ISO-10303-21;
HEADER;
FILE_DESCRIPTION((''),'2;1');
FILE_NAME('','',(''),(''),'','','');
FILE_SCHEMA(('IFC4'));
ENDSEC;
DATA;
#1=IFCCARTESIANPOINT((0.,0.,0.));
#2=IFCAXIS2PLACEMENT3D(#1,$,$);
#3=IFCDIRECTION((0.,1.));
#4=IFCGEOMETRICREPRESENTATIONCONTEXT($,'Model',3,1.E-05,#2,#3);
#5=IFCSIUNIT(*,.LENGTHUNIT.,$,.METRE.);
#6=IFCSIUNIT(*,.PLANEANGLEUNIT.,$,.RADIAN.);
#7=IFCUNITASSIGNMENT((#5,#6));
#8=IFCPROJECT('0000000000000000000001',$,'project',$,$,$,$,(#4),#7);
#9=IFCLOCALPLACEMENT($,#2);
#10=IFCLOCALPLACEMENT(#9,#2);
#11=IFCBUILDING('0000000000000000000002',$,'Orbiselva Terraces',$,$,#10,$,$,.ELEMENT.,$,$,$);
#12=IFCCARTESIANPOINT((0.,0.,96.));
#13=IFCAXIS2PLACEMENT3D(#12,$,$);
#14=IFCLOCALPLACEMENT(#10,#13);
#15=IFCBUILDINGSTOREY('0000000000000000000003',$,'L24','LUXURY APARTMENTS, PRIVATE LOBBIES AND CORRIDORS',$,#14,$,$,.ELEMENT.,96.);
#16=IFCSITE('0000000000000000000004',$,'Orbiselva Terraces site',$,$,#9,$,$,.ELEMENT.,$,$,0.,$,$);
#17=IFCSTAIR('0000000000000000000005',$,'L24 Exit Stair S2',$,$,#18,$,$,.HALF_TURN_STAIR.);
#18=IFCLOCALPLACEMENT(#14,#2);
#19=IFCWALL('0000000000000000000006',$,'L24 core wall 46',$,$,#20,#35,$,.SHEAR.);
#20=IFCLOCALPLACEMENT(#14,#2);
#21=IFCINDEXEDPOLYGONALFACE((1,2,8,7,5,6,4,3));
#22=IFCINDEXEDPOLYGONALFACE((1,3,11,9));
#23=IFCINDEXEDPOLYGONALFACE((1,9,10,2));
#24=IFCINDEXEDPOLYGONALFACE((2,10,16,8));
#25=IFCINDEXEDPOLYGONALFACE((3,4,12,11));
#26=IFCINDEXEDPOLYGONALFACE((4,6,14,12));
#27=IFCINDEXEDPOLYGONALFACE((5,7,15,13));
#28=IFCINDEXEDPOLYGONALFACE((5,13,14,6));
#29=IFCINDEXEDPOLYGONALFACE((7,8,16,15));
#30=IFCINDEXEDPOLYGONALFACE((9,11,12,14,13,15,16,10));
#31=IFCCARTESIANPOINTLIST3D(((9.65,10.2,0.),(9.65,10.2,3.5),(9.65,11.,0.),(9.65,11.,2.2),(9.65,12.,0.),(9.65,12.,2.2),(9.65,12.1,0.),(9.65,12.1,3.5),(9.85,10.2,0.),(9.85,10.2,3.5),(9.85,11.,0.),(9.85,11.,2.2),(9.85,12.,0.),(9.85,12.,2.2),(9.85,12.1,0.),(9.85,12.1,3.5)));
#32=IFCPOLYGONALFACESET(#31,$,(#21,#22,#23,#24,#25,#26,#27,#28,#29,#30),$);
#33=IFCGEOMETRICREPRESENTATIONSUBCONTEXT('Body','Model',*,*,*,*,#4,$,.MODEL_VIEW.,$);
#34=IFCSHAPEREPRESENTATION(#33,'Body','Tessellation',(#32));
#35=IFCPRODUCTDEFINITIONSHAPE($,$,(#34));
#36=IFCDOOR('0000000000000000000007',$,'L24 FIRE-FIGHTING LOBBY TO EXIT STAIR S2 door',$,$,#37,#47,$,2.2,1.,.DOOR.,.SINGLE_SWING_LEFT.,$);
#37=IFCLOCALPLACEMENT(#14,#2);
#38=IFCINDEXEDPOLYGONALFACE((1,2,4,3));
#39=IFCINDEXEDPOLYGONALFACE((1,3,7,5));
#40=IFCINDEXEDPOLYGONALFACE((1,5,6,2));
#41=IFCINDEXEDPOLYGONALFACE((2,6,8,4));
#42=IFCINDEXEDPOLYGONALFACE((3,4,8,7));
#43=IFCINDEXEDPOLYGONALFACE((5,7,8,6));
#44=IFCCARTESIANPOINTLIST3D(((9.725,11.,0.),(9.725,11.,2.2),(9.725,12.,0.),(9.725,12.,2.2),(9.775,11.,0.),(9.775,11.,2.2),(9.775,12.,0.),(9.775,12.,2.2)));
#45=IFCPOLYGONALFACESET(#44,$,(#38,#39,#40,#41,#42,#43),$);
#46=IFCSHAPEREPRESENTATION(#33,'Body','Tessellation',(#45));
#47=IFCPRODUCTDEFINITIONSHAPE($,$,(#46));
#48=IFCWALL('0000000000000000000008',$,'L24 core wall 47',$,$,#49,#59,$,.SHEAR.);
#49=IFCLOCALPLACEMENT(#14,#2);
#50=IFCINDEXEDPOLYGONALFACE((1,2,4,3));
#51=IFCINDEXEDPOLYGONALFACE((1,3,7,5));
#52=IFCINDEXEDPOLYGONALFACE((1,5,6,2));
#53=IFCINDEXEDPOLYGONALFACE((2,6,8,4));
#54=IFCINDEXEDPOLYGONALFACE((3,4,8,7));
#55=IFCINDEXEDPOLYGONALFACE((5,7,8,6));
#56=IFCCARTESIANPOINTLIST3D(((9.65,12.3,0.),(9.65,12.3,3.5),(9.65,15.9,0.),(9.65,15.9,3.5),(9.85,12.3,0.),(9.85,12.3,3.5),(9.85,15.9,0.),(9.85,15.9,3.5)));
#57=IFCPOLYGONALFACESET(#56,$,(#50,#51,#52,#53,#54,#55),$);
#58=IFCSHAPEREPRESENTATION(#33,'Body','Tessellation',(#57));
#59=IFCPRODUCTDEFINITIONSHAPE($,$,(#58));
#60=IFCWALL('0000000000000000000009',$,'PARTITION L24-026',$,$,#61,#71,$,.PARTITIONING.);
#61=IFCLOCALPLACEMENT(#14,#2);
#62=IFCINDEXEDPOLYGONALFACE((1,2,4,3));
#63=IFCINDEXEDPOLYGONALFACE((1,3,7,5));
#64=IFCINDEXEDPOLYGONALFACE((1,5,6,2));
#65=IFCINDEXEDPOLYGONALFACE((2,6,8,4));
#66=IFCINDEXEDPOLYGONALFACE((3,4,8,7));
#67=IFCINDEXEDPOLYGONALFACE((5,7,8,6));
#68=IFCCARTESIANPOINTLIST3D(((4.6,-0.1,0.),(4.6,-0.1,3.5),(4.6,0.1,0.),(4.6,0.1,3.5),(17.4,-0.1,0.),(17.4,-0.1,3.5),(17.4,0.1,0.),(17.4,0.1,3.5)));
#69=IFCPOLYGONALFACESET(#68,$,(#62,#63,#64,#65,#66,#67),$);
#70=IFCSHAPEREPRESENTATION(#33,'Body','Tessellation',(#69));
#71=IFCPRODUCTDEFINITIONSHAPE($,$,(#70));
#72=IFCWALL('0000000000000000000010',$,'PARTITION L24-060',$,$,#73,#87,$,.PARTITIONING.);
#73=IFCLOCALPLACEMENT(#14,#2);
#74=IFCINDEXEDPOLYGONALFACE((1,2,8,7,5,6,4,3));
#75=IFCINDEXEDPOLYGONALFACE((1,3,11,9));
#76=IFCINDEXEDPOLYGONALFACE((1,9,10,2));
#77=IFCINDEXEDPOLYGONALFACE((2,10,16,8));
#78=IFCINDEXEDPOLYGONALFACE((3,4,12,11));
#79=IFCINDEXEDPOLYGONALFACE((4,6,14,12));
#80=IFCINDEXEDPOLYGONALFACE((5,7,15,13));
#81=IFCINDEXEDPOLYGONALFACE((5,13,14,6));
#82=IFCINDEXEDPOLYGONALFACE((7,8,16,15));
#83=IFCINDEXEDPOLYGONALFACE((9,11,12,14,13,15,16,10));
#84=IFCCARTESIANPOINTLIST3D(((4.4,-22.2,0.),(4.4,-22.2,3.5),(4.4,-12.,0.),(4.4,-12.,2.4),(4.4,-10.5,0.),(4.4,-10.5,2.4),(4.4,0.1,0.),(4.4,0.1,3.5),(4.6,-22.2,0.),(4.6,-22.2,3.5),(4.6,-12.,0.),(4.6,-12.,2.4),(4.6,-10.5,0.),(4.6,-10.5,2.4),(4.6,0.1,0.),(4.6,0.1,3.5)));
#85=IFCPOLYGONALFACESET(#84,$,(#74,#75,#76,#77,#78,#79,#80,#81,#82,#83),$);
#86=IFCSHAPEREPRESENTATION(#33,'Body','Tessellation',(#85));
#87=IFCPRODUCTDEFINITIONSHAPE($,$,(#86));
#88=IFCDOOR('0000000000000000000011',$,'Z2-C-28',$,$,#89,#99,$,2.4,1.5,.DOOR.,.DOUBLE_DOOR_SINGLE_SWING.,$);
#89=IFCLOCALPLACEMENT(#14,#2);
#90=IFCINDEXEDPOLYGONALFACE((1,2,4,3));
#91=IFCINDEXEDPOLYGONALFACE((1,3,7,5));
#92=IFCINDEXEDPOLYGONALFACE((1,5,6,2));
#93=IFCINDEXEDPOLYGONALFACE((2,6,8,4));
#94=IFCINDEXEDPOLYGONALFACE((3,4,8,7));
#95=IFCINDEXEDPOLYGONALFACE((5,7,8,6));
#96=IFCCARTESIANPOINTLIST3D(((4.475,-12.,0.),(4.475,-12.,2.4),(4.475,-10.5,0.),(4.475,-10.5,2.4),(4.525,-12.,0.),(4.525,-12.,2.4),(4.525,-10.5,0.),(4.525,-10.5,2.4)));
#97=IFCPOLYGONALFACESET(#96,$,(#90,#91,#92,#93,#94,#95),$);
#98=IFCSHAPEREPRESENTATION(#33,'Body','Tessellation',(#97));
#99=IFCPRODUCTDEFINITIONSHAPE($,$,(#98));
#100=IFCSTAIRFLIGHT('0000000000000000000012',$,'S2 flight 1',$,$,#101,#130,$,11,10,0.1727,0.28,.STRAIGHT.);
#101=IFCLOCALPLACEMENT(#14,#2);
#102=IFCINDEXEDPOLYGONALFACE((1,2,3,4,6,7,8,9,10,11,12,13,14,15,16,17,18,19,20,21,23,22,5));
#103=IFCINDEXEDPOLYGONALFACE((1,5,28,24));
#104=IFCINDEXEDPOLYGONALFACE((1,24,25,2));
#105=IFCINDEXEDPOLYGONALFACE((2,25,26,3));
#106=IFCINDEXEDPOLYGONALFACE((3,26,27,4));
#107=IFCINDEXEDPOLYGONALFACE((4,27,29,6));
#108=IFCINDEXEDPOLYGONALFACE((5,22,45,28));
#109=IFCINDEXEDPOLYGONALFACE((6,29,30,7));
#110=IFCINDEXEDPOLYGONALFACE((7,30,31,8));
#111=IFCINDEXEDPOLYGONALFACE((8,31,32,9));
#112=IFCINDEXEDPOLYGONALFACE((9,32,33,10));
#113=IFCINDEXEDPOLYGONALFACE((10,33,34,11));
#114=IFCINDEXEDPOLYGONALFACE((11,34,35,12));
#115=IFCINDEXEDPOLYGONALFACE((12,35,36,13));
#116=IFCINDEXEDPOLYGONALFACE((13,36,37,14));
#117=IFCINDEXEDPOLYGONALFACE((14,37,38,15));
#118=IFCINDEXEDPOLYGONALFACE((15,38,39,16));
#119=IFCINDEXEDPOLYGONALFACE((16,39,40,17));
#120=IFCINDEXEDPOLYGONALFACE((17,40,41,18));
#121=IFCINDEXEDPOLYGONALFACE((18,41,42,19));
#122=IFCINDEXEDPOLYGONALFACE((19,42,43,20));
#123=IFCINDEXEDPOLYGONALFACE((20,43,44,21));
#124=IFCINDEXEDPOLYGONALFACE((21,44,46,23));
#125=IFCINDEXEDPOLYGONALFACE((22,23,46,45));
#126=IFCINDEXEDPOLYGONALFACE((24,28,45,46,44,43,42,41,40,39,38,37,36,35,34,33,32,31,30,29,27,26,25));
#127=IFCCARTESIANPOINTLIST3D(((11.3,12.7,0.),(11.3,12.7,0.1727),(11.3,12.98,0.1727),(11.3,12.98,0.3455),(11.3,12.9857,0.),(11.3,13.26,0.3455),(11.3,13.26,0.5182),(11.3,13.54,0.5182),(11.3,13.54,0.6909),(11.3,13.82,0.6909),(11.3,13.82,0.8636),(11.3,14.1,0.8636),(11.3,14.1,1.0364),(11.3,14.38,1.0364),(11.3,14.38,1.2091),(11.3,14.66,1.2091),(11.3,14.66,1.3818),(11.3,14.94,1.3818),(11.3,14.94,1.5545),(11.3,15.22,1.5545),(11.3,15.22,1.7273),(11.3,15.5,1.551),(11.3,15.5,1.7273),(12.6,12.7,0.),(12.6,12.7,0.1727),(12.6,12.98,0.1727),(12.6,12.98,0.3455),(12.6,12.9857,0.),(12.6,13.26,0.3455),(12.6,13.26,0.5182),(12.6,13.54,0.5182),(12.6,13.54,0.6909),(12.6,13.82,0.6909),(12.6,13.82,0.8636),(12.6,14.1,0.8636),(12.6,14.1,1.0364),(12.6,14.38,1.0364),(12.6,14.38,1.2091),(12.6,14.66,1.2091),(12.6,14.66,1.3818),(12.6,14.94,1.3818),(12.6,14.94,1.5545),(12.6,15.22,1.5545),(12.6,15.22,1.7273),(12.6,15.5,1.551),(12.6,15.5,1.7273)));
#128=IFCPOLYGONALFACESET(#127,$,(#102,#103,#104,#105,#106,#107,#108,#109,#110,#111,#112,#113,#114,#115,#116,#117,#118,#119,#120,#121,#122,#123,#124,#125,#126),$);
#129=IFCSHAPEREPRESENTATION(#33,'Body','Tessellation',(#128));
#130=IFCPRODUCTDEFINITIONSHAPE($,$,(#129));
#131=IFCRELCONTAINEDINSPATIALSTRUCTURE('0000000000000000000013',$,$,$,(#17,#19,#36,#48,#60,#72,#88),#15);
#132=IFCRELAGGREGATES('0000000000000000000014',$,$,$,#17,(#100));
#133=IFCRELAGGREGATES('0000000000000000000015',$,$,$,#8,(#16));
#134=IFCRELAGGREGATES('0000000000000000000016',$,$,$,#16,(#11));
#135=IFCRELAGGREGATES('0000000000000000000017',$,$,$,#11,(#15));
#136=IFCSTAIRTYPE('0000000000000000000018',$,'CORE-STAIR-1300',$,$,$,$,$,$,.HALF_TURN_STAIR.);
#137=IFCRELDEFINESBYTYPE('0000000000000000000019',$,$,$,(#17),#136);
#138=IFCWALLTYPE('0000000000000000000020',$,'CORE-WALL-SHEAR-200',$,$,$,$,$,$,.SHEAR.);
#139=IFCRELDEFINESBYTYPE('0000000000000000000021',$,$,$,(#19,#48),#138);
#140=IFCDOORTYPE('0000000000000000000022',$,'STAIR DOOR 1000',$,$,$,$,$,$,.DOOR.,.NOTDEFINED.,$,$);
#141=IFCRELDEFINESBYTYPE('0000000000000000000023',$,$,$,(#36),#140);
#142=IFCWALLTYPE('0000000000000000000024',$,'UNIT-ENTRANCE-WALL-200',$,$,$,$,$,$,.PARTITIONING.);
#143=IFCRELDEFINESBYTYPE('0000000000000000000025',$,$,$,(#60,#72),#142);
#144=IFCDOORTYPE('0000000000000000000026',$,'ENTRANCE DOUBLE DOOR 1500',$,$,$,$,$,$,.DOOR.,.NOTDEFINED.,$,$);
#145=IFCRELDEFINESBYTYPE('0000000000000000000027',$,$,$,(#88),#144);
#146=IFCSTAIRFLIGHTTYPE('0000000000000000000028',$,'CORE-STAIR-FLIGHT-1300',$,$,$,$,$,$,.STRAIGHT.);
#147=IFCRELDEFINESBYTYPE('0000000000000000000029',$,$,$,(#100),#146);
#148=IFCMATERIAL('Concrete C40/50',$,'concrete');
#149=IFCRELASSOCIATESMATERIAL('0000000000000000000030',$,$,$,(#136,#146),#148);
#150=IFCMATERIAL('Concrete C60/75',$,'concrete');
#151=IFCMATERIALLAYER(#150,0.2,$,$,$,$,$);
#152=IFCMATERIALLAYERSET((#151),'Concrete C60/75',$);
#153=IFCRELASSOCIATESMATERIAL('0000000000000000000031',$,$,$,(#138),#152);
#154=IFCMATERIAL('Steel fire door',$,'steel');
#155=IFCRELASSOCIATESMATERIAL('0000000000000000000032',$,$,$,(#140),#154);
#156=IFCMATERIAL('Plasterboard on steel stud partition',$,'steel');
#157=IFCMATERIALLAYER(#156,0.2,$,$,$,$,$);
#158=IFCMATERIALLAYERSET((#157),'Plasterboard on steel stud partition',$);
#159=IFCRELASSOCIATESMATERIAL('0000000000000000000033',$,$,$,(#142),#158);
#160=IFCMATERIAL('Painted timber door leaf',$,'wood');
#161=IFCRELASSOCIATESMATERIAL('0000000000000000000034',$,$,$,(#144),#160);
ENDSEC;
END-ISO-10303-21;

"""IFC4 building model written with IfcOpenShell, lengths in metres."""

from ifc_helpers import new_model, si_unit, direction, frame, frame_2d, origin, place, context, subcontext, project, spatial, polyline, rectangle, outline, extrude, material, layer, layer_set, type_object, element, fill, aggregate, save


model = new_model("IFC4")

# Units and contexts
model_context = context("Model", 3, precision=1e-05, world=origin(), true_north=direction((0.0, 1.0)))
body_context = subcontext(model_context, "Body", "Model", "MODEL_VIEW")
ifc_project = project(units=[si_unit("LENGTHUNIT", "METRE"), si_unit("PLANEANGLEUNIT", "RADIAN")], contexts=[model_context])

# Site, building, storey
site_placement = place(None, origin())
site = spatial("IfcSite", under=ifc_project, at=site_placement, Name="Orbiselva Terraces site", CompositionType="ELEMENT", RefElevation=0.0)
building_placement = place(site_placement, origin())
building = spatial("IfcBuilding", under=site, at=building_placement, Name="Orbiselva Terraces", CompositionType="ELEMENT")
storey_placement = place(building_placement, frame((0.0, 0.0, 96.0)))
storey = spatial("IfcBuildingStorey", under=building, at=storey_placement, Name="L24", Description="LUXURY APARTMENTS, PRIVATE LOBBIES AND CORRIDORS", CompositionType="ELEMENT", Elevation=96.0)

# Stair
ifc_material_1 = material(Name="Concrete C40/50", Category="concrete")
stair_type_1 = type_object("IfcStairType", Name="CORE-STAIR-1300", PredefinedType="HALF_TURN_STAIR", material=ifc_material_1)
stair_1_placement = place(storey_placement, origin())
stair_1 = element("IfcStair", 1, at=stair_1_placement, inside=storey, type_object=stair_type_1, Name="L24 Exit Stair S2", PredefinedType="HALF_TURN_STAIR")

# Shared definitions
ifc_material_2 = material(Name="Concrete C60/75", Category="concrete")
ifc_layer_1 = layer(ifc_material_2, 0.2)
ifc_layer_set_1 = layer_set([ifc_layer_1], Name="Concrete C60/75")
wall_type_1 = type_object("IfcWallType", Name="CORE-WALL-SHEAR-200", PredefinedType="SHEAR", material=ifc_layer_set_1)

# Wall, opening, door
wall_1_placement = place(storey_placement, frame((9.75, 12.1, 0.0), z_axis=(0.0, 0.0, 1.0), x_axis=(0.0, -1.0, 0.0)))
wall_1 = element("IfcWall", 2, at=wall_1_placement, inside=storey, type_object=wall_type_1, Name="L24 core wall 46", PredefinedType="SHEAR", context=body_context, shape_type="SweptSolid", body=[
    extrude(rectangle(XDim=1.9, YDim=0.2, at=frame_2d((0.95, 0.0))), origin(), (0.0, 0.0, 1.0), 3.5),
])
opening_1_placement = place(wall_1_placement, frame((0.1, 0.0, 0.0)))
opening_1 = element("IfcOpeningElement", 3, at=opening_1_placement, cuts=wall_1, PredefinedType="OPENING", context=body_context, shape_type="SweptSolid", body=[
    extrude(rectangle(XDim=1.0, YDim=2.2, at=frame_2d((0.5, 1.1))), frame((0.0, 0.11, 0.0), z_axis=(0.0, -1.0, 0.0), x_axis=(1.0, 0.0, 0.0)), (0.0, 0.0, 1.0), 0.22),
])
ifc_material_3 = material(Name="Steel fire door", Category="steel")
door_type_1 = type_object("IfcDoorType", Name="STAIR DOOR 1000", OperationType="NOTDEFINED", PredefinedType="DOOR", material=ifc_material_3)
door_1_placement = place(opening_1_placement, origin())
door_1 = element("IfcDoor", 4, at=door_1_placement, inside=storey, type_object=door_type_1, Name="L24 FIRE-FIGHTING LOBBY TO EXIT STAIR S2 door", OperationType="SINGLE_SWING_LEFT", OverallHeight=2.2, OverallWidth=1.0, PredefinedType="DOOR", context=body_context, shape_type="SweptSolid", body=[
    extrude(rectangle(XDim=1.0, YDim=2.2, at=frame_2d((0.5, 1.1))), frame((0.0, 0.025, 0.0), z_axis=(0.0, -1.0, 0.0), x_axis=(1.0, 0.0, 0.0)), (0.0, 0.0, 1.0), 0.05),
])
fill(opening_1, door_1)

# Walls
wall_2_placement = place(storey_placement, frame((9.75, 12.3, 0.0), z_axis=(0.0, 0.0, 1.0), x_axis=(0.0, 1.0, 0.0)))
element("IfcWall", 5, at=wall_2_placement, inside=storey, type_object=wall_type_1, Name="L24 core wall 47", PredefinedType="SHEAR", context=body_context, shape_type="SweptSolid", body=[
    extrude(rectangle(XDim=3.6, YDim=0.2, at=frame_2d((1.8, 0.0))), origin(), (0.0, 0.0, 1.0), 3.5),
])
ifc_material_4 = material(Name="Plasterboard on steel stud partition", Category="steel")
ifc_layer_2 = layer(ifc_material_4, 0.2)
ifc_layer_set_2 = layer_set([ifc_layer_2], Name="Plasterboard on steel stud partition")
wall_type_2 = type_object("IfcWallType", Name="UNIT-ENTRANCE-WALL-200", PredefinedType="PARTITIONING", material=ifc_layer_set_2)
wall_3_placement = place(storey_placement, frame((4.6, 0.0, 0.0), z_axis=(0.0, 0.0, 1.0), x_axis=(1.0, 0.0, 0.0)))
element("IfcWall", 6, at=wall_3_placement, inside=storey, type_object=wall_type_2, Name="PARTITION L24-026", PredefinedType="PARTITIONING", context=body_context, shape_type="SweptSolid", body=[
    extrude(rectangle(XDim=12.8, YDim=0.2, at=frame_2d((6.4, 0.0))), origin(), (0.0, 0.0, 1.0), 3.5),
])

# Wall, opening, door
wall_4_placement = place(storey_placement, frame((4.5, 0.1, 0.0), z_axis=(0.0, 0.0, 1.0), x_axis=(0.0, -1.0, 0.0)))
wall_4 = element("IfcWall", 7, at=wall_4_placement, inside=storey, type_object=wall_type_2, Name="PARTITION L24-060", PredefinedType="PARTITIONING", context=body_context, shape_type="SweptSolid", body=[
    extrude(rectangle(XDim=22.3, YDim=0.2, at=frame_2d((11.15, 0.0))), origin(), (0.0, 0.0, 1.0), 3.5),
])
opening_2_placement = place(wall_4_placement, frame((10.6, 0.0, 0.0)))
opening_2 = element("IfcOpeningElement", 8, at=opening_2_placement, cuts=wall_4, PredefinedType="OPENING", context=body_context, shape_type="SweptSolid", body=[
    extrude(rectangle(XDim=1.5, YDim=2.4, at=frame_2d((0.75, 1.2))), frame((0.0, 0.11, 0.0), z_axis=(0.0, -1.0, 0.0), x_axis=(1.0, 0.0, 0.0)), (0.0, 0.0, 1.0), 0.22),
])
ifc_material_5 = material(Name="Painted timber door leaf", Category="wood")
door_type_2 = type_object("IfcDoorType", Name="ENTRANCE DOUBLE DOOR 1500", OperationType="NOTDEFINED", PredefinedType="DOOR", material=ifc_material_5)
door_2_placement = place(opening_2_placement, origin())
door_2 = element("IfcDoor", 9, at=door_2_placement, inside=storey, type_object=door_type_2, Name="Z2-C-28", OperationType="DOUBLE_DOOR_SINGLE_SWING", OverallHeight=2.4, OverallWidth=1.5, PredefinedType="DOOR", context=body_context, shape_type="SweptSolid", body=[
    extrude(rectangle(XDim=1.5, YDim=2.4, at=frame_2d((0.75, 1.2))), frame((0.0, 0.025, 0.0), z_axis=(0.0, -1.0, 0.0), x_axis=(1.0, 0.0, 0.0)), (0.0, 0.0, 1.0), 0.05),
])
fill(opening_2, door_2)

# Stair flight
stair_flight_type = type_object("IfcStairFlightType", Name="CORE-STAIR-FLIGHT-1300", PredefinedType="STRAIGHT", material=ifc_material_1)
stair_flight_placement = place(storey_placement, frame((11.95, 12.7, 0.0), z_axis=(0.0, 0.0, 1.0), x_axis=(0.0, 1.0, 0.0)))
stair_flight = element("IfcStairFlight", 10, at=stair_flight_placement, type_object=stair_flight_type, Name="S2 flight 1", NumberOfRisers=11, NumberOfTreads=10, PredefinedType="STRAIGHT", RiserHeight=0.1727, TreadLength=0.28, context=body_context, shape_type="SweptSolid", body=[
    extrude(outline(polyline([(0.0, 0.0), (0.0, 0.1727), (0.28, 0.1727), (0.28, 0.3455), (0.56, 0.3455), (0.56, 0.5182), (0.84, 0.5182), (0.84, 0.6909), (1.12, 0.6909), (1.12, 0.8636), (1.4, 0.8636), (1.4, 1.0364), (1.68, 1.0364), (1.68, 1.2091), (1.96, 1.2091), (1.96, 1.3818), (2.24, 1.3818), (2.24, 1.5545), (2.52, 1.5545), (2.52, 1.7273), (2.8, 1.7273), (2.8, 1.9), (2.8, 1.551), (0.2857, 0.0), (0.0, 0.0)])), frame((0.0, 0.65, 0.0), z_axis=(0.0, -1.0, 0.0), x_axis=(1.0, 0.0, 0.0)), (0.0, 0.0, 1.0), 1.3),
])
aggregate(stair_1, [stair_flight])

save(model, "model.ifc")
